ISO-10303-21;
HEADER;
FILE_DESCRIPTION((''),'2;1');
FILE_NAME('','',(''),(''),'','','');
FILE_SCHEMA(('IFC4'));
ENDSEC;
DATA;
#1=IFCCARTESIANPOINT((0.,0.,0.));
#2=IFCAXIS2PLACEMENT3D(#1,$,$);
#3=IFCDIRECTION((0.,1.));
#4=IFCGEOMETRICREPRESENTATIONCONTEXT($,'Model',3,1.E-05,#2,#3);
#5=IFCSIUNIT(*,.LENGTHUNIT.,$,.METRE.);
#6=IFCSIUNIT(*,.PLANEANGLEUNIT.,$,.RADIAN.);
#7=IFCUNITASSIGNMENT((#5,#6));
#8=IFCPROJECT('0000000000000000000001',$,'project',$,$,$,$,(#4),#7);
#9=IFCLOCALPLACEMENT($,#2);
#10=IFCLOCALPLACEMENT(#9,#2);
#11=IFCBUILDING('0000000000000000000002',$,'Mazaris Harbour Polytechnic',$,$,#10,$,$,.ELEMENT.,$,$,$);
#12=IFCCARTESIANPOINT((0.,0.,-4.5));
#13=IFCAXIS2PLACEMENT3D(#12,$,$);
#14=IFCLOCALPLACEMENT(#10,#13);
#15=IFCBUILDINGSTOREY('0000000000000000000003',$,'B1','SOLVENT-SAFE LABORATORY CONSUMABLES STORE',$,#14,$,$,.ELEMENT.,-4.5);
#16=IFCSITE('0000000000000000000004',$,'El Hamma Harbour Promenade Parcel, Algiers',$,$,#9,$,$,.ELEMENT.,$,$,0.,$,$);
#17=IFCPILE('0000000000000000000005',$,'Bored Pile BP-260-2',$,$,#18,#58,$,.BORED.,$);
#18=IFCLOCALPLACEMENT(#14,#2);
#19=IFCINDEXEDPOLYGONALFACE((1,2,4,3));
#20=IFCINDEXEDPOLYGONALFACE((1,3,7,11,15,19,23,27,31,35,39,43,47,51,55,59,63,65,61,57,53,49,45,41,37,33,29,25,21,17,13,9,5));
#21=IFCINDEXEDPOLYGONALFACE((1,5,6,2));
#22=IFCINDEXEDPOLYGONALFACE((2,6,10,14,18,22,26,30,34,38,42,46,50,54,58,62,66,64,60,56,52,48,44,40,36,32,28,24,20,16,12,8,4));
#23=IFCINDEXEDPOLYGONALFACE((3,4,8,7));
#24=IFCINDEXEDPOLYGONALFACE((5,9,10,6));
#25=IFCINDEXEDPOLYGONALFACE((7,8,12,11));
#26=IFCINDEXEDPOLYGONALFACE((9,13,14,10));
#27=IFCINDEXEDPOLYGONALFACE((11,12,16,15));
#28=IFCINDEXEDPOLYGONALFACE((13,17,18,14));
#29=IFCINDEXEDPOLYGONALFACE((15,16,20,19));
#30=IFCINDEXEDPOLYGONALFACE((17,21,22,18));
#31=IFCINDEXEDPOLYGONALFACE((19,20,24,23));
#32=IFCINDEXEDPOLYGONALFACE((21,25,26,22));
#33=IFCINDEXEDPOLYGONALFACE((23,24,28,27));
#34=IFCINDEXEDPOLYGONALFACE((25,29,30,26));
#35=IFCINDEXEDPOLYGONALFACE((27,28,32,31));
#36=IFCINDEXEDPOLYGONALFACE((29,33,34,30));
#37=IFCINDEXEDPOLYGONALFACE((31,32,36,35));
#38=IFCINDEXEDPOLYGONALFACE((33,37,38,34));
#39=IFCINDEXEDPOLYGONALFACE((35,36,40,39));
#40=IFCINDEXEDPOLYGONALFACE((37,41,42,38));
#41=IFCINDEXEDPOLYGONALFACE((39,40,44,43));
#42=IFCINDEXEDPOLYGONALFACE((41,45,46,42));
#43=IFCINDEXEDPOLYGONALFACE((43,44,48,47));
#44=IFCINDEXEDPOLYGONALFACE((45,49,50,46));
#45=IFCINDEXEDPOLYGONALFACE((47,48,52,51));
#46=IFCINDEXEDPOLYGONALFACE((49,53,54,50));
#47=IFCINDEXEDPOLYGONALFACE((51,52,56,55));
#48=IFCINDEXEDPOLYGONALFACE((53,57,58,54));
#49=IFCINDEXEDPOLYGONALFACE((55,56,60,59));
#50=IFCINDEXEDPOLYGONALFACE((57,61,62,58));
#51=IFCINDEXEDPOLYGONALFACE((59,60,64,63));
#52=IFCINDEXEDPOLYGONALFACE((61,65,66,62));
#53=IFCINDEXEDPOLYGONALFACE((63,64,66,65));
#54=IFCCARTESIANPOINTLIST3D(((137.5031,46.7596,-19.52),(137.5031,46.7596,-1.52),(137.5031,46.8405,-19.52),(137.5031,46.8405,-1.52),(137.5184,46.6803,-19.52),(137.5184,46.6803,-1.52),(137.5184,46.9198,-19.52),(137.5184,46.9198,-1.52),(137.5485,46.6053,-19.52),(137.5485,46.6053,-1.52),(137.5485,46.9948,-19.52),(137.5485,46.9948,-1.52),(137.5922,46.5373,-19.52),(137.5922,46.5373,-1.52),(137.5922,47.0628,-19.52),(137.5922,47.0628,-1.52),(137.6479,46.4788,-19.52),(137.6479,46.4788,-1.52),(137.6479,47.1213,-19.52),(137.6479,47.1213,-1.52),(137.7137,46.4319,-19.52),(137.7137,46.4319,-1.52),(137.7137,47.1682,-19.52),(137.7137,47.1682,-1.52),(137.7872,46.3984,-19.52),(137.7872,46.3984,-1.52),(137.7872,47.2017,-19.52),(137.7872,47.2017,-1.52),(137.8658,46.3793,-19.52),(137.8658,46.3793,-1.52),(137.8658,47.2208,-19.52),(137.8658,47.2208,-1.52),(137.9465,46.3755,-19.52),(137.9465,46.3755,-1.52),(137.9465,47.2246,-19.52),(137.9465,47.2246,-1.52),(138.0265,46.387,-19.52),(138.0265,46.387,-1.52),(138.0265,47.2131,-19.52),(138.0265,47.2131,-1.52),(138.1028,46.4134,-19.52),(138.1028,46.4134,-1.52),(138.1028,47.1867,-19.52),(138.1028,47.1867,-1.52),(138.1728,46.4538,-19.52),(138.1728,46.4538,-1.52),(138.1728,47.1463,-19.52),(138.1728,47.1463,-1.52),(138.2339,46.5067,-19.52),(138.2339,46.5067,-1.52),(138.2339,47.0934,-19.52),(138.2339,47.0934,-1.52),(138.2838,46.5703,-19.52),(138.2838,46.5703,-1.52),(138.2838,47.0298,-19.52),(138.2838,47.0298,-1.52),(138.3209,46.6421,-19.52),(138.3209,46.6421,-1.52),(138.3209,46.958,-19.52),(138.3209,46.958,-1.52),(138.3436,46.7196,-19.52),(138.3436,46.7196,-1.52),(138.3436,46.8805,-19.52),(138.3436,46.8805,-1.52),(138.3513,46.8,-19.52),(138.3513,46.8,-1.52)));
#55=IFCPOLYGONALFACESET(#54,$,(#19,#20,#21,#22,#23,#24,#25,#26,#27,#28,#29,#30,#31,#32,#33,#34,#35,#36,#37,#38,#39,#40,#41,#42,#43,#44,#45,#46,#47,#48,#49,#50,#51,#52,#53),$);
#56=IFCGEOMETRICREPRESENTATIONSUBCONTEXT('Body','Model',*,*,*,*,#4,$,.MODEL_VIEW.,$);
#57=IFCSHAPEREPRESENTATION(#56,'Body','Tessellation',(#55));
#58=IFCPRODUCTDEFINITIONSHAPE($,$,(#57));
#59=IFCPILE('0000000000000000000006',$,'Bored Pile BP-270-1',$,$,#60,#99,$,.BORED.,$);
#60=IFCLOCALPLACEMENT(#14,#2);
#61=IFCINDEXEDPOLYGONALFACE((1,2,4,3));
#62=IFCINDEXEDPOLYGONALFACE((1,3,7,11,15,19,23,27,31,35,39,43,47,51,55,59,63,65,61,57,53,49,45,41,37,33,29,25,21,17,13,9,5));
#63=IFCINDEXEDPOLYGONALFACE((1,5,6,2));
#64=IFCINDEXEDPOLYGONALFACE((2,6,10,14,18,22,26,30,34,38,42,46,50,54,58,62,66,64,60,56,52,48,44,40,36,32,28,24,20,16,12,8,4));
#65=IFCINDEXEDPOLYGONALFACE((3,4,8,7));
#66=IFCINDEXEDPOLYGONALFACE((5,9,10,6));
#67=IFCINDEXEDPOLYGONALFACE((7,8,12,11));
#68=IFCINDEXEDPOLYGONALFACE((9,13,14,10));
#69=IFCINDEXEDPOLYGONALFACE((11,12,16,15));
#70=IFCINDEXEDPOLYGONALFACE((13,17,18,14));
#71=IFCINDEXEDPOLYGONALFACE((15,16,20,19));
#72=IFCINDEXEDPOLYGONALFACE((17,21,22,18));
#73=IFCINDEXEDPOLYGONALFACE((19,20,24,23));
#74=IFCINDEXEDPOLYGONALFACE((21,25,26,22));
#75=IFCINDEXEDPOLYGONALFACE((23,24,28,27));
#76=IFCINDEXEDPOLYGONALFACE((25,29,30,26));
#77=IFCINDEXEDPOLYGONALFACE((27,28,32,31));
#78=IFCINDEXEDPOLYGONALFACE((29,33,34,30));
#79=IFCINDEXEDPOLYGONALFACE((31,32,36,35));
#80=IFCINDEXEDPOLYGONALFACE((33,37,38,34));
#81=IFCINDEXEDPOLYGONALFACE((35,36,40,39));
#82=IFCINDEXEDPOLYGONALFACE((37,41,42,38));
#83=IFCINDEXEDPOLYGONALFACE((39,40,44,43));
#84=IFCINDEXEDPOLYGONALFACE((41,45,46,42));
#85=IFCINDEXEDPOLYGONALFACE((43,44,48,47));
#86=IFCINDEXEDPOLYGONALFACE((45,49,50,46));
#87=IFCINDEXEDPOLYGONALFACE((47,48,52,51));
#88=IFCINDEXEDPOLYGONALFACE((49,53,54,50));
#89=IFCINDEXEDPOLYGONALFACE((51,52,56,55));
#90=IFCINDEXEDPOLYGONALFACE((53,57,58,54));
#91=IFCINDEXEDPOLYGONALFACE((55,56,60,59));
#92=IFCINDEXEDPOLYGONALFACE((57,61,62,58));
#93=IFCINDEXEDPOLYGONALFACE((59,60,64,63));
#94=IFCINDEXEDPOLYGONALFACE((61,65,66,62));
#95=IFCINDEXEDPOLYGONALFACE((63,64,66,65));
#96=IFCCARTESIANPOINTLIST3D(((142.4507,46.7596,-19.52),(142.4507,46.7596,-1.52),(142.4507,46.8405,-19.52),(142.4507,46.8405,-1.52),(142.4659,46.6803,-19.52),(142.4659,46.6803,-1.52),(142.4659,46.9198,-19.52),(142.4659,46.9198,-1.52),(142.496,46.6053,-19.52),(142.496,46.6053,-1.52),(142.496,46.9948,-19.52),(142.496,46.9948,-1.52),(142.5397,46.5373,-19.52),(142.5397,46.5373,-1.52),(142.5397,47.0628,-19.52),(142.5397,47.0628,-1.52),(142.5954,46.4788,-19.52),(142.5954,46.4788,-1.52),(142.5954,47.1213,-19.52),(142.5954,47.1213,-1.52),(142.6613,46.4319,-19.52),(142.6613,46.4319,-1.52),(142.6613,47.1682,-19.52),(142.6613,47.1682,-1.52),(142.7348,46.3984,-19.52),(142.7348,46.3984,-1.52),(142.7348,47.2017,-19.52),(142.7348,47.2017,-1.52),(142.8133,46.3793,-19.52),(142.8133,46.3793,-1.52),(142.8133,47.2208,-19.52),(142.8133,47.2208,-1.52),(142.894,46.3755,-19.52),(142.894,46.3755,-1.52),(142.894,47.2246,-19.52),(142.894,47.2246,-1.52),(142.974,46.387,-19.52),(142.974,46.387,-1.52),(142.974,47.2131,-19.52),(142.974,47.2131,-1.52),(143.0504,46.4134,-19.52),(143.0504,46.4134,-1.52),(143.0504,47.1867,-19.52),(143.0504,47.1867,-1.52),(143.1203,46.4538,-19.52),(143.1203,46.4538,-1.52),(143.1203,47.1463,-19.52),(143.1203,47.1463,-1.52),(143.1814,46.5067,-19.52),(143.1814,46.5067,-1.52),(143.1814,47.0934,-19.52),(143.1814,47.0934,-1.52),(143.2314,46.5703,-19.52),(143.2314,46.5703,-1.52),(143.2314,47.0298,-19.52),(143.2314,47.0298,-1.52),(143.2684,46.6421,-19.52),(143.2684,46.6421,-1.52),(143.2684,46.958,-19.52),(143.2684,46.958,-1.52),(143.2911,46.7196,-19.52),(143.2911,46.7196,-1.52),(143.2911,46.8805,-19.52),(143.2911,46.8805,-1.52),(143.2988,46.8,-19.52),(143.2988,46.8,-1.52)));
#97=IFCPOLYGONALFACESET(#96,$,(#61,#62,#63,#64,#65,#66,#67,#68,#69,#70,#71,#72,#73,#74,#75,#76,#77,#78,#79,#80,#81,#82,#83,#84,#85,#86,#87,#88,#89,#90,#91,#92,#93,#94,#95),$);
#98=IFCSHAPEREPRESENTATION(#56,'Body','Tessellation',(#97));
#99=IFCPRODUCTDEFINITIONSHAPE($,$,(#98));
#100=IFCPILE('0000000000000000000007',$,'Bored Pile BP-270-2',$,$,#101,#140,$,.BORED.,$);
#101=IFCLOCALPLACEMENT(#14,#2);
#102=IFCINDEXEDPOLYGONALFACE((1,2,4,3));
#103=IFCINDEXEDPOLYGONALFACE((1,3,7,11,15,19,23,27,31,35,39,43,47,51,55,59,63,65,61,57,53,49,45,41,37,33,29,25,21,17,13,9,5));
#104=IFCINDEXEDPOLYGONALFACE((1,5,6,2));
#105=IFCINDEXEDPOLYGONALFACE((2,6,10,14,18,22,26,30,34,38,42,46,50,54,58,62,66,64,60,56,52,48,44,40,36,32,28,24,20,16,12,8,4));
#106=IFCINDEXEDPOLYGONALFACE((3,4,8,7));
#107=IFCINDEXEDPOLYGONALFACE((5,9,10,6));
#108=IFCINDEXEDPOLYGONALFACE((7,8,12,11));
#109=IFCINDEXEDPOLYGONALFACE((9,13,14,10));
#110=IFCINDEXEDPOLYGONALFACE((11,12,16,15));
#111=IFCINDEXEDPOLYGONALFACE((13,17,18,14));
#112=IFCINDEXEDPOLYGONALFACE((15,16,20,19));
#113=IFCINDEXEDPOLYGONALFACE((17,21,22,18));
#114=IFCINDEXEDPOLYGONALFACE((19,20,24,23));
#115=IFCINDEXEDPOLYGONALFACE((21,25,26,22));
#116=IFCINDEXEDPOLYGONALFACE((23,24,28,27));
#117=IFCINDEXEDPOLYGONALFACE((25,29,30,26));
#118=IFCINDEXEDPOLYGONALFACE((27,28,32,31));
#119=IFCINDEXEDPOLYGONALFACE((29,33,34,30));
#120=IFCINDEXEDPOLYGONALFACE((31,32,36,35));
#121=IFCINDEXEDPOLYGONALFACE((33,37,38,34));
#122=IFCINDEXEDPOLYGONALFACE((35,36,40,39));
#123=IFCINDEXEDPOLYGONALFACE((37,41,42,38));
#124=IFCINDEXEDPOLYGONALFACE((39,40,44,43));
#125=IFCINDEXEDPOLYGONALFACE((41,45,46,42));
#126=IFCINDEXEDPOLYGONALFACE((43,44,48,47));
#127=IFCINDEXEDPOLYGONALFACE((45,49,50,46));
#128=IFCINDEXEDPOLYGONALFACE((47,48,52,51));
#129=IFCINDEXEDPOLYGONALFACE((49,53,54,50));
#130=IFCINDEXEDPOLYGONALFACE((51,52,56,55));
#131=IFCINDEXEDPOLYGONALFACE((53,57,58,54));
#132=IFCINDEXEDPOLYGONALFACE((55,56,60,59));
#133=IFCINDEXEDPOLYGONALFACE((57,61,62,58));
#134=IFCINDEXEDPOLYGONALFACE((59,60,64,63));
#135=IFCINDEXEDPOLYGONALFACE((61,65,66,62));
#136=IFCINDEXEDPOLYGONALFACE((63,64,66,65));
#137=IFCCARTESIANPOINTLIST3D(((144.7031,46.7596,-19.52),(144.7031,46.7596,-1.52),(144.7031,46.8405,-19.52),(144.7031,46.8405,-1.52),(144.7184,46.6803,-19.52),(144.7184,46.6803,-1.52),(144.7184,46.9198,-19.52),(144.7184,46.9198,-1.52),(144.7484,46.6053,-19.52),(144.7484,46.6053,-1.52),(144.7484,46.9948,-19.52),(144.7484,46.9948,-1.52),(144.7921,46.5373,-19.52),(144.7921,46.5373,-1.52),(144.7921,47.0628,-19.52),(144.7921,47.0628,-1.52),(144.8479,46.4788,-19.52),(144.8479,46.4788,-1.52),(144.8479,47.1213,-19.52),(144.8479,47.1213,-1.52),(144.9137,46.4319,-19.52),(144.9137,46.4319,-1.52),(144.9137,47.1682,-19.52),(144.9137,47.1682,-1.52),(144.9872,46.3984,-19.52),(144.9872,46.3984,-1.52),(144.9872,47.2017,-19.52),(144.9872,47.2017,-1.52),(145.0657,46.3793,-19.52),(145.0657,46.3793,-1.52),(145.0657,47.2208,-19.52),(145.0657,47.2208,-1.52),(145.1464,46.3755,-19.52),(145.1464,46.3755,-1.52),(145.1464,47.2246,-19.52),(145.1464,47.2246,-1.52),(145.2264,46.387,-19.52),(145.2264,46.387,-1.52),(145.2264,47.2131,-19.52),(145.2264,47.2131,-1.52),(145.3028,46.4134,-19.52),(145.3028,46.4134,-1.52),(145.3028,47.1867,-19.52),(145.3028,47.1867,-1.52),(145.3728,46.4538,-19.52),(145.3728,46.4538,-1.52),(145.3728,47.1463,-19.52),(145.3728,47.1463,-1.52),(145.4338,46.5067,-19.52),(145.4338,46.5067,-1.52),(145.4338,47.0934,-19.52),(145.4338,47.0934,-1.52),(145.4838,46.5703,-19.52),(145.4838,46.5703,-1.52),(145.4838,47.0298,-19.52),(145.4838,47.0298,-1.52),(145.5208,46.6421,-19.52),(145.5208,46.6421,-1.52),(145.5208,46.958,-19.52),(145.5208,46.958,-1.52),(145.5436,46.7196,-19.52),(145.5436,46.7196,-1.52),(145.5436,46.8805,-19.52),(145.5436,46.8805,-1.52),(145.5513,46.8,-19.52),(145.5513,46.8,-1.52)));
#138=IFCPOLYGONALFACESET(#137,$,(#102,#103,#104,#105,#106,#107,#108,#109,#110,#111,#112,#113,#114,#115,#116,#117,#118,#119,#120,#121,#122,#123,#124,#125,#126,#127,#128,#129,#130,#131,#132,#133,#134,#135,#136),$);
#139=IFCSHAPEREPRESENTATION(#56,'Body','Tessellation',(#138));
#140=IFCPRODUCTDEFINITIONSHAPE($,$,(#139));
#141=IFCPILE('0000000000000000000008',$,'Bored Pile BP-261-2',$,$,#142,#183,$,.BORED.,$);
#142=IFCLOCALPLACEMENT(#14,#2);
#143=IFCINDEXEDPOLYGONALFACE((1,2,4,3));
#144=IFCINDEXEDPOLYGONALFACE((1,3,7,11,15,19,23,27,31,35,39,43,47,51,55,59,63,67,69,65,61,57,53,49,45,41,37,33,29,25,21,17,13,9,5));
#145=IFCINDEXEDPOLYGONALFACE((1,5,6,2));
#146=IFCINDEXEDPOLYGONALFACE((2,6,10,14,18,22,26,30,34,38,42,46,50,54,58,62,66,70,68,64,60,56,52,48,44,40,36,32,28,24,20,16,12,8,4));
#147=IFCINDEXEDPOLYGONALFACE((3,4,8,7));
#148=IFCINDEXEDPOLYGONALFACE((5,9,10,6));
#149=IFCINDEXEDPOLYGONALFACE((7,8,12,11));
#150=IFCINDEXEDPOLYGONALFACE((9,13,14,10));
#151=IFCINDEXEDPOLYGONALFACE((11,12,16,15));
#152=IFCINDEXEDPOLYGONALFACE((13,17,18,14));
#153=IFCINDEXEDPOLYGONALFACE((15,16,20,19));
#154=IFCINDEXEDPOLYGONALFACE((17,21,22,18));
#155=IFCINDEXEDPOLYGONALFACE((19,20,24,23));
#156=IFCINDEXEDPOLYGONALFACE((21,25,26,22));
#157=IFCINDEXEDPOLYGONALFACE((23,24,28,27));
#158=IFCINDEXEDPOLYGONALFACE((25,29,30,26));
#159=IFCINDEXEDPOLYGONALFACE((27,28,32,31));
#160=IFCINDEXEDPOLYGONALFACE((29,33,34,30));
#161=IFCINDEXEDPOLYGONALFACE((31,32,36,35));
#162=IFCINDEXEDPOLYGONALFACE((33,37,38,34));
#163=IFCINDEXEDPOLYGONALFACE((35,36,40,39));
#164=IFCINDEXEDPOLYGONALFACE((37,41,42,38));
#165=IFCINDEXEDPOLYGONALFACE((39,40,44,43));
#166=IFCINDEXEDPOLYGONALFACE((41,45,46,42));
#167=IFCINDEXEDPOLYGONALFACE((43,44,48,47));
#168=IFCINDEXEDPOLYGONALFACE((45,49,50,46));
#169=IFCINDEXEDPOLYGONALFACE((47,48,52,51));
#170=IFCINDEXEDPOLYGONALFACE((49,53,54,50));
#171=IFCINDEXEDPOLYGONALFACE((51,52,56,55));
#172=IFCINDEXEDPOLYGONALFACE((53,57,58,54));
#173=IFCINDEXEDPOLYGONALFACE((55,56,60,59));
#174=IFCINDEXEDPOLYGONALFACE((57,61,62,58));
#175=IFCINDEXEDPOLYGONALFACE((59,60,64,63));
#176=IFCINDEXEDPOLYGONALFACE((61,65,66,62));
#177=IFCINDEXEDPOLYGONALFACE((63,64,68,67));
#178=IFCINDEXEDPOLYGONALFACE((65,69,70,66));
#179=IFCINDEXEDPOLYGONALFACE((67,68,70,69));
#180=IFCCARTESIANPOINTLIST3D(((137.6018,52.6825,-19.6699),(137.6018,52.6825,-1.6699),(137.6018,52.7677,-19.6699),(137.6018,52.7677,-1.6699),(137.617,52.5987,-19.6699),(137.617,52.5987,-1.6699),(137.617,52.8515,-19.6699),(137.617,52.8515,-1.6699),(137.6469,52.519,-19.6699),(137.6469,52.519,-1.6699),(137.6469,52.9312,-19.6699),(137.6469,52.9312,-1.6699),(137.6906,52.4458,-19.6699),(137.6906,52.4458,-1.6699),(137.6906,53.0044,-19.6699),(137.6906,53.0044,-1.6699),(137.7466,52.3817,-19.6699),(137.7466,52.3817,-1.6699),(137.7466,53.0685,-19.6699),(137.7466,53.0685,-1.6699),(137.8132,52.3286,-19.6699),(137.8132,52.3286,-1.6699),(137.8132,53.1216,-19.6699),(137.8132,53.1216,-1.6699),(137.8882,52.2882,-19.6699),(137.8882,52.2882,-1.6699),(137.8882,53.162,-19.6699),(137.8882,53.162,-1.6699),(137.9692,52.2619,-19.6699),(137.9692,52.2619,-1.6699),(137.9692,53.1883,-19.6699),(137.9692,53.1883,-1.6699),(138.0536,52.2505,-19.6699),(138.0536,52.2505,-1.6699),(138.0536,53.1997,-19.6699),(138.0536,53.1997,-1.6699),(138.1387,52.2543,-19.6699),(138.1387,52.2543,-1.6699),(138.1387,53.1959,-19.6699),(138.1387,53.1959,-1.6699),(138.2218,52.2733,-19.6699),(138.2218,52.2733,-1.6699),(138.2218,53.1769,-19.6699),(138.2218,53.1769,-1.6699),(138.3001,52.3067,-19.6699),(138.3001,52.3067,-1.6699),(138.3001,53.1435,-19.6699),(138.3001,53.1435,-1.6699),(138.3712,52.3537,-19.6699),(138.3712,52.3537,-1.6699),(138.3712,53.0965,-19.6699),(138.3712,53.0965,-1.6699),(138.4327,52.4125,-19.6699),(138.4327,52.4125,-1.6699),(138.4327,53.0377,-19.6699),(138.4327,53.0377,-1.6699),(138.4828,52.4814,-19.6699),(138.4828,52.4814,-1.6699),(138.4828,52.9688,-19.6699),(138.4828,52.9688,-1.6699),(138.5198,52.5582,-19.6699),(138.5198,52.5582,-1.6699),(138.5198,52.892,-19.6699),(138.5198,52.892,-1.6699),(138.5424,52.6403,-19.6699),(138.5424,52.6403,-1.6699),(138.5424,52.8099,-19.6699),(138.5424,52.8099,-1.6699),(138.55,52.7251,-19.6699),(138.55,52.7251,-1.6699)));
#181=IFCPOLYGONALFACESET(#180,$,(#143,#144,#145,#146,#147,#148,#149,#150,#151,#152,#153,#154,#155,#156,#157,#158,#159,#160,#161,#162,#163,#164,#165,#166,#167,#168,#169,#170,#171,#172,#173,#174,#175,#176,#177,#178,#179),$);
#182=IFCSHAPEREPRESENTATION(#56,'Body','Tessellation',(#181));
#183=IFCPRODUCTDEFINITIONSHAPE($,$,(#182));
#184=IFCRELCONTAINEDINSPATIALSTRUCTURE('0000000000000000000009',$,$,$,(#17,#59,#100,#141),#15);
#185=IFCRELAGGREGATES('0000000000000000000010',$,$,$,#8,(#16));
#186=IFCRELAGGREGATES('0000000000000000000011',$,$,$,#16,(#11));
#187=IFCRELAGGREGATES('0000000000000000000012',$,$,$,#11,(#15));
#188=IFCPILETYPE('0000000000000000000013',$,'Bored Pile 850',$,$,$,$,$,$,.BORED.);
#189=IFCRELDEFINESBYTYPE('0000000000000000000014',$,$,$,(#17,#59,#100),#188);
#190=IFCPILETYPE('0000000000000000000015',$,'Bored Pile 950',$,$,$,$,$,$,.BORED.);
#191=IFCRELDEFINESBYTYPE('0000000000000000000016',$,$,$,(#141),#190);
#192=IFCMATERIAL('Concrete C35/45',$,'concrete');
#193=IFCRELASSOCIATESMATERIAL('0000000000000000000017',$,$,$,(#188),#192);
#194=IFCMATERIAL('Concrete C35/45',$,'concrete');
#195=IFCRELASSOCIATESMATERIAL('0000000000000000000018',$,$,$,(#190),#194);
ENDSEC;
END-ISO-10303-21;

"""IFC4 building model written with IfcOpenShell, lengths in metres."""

from ifc_helpers import new_model, si_unit, direction, frame, origin, origin_2d, place, context, subcontext, project, spatial, circle, extrude, material, material_profile, profile_set, type_object, element, save


model = new_model("IFC4")

# Units and contexts
model_context = context("Model", 3, precision=1e-05, world=origin(), true_north=direction((0.0, 1.0)))
body_context = subcontext(model_context, "Body", "Model", "MODEL_VIEW")
ifc_project = project(units=[si_unit("LENGTHUNIT", "METRE"), si_unit("PLANEANGLEUNIT", "RADIAN")], contexts=[model_context])

# Site, building, storey
site_placement = place(None, origin())
site = spatial("IfcSite", under=ifc_project, at=site_placement, Name="El Hamma Harbour Promenade Parcel, Algiers", CompositionType="ELEMENT", RefElevation=0.0)
building_placement = place(site_placement, origin())
building = spatial("IfcBuilding", under=site, at=building_placement, Name="Mazaris Harbour Polytechnic", CompositionType="ELEMENT")
storey_placement = place(building_placement, frame((0.0, 0.0, -4.5)))
storey = spatial("IfcBuildingStorey", under=building, at=storey_placement, Name="B1", Description="SOLVENT-SAFE LABORATORY CONSUMABLES STORE", CompositionType="ELEMENT", Elevation=-4.5)

# Piles
ifc_material_1 = material(Name="Concrete C35/45", Category="concrete")
ifc_material_profile_1 = material_profile(ifc_material_1, circle(Radius=0.425, at=origin_2d()), Name="DIA850")
ifc_profile_set_1 = profile_set([ifc_material_profile_1], Name="Concrete C35/45")
pile_type_1 = type_object("IfcPileType", Name="Bored Pile 850", PredefinedType="BORED", material=ifc_profile_set_1)
for number, where, z_axis, x_axis, name in (
    (1, (137.9263, 46.8, -1.52), (0.0, 0.0, -1.0), (1.0, 0.0, 0.0), "Bored Pile BP-260-2"),
    (2, (142.8738, 46.8, -1.52), (0.0, 0.0, -1.0), (1.0, 0.0, 0.0), "Bored Pile BP-270-1"),
    (3, (145.1262, 46.8, -1.52), (0.0, 0.0, -1.0), (1.0, 0.0, 0.0), "Bored Pile BP-270-2"),
):
    element("IfcPile", number, at=place(storey_placement, frame(where, z_axis=z_axis, x_axis=x_axis)), inside=storey, type_object=pile_type_1, Name=name, PredefinedType="BORED", context=body_context, shape_type="SweptSolid", body=[
        extrude(circle(Radius=0.425, at=origin_2d()), origin(), (0.0, 0.0, 1.0), 18.0),
    ])
ifc_material_2 = material(Name="Concrete C35/45", Category="concrete")
ifc_material_profile_2 = material_profile(ifc_material_2, circle(Radius=0.4751, at=origin_2d()), Name="DIA950")
ifc_profile_set_2 = profile_set([ifc_material_profile_2], Name="Concrete C35/45")
pile_type_2 = type_object("IfcPileType", Name="Bored Pile 950", PredefinedType="BORED", material=ifc_profile_set_2)
for number, where, z_axis, x_axis, name in (
    (4, (138.075, 52.7251, -1.6699), (0.0, 0.0, -1.0), (1.0, 0.0, 0.0), "Bored Pile BP-261-2"),
):
    element("IfcPile", number, at=place(storey_placement, frame(where, z_axis=z_axis, x_axis=x_axis)), inside=storey, type_object=pile_type_2, Name=name, PredefinedType="BORED", context=body_context, shape_type="SweptSolid", body=[
        extrude(circle(Radius=0.4751, at=origin_2d()), origin(), (0.0, 0.0, 1.0), 18.0),
    ])

save(model, "model.ifc")
